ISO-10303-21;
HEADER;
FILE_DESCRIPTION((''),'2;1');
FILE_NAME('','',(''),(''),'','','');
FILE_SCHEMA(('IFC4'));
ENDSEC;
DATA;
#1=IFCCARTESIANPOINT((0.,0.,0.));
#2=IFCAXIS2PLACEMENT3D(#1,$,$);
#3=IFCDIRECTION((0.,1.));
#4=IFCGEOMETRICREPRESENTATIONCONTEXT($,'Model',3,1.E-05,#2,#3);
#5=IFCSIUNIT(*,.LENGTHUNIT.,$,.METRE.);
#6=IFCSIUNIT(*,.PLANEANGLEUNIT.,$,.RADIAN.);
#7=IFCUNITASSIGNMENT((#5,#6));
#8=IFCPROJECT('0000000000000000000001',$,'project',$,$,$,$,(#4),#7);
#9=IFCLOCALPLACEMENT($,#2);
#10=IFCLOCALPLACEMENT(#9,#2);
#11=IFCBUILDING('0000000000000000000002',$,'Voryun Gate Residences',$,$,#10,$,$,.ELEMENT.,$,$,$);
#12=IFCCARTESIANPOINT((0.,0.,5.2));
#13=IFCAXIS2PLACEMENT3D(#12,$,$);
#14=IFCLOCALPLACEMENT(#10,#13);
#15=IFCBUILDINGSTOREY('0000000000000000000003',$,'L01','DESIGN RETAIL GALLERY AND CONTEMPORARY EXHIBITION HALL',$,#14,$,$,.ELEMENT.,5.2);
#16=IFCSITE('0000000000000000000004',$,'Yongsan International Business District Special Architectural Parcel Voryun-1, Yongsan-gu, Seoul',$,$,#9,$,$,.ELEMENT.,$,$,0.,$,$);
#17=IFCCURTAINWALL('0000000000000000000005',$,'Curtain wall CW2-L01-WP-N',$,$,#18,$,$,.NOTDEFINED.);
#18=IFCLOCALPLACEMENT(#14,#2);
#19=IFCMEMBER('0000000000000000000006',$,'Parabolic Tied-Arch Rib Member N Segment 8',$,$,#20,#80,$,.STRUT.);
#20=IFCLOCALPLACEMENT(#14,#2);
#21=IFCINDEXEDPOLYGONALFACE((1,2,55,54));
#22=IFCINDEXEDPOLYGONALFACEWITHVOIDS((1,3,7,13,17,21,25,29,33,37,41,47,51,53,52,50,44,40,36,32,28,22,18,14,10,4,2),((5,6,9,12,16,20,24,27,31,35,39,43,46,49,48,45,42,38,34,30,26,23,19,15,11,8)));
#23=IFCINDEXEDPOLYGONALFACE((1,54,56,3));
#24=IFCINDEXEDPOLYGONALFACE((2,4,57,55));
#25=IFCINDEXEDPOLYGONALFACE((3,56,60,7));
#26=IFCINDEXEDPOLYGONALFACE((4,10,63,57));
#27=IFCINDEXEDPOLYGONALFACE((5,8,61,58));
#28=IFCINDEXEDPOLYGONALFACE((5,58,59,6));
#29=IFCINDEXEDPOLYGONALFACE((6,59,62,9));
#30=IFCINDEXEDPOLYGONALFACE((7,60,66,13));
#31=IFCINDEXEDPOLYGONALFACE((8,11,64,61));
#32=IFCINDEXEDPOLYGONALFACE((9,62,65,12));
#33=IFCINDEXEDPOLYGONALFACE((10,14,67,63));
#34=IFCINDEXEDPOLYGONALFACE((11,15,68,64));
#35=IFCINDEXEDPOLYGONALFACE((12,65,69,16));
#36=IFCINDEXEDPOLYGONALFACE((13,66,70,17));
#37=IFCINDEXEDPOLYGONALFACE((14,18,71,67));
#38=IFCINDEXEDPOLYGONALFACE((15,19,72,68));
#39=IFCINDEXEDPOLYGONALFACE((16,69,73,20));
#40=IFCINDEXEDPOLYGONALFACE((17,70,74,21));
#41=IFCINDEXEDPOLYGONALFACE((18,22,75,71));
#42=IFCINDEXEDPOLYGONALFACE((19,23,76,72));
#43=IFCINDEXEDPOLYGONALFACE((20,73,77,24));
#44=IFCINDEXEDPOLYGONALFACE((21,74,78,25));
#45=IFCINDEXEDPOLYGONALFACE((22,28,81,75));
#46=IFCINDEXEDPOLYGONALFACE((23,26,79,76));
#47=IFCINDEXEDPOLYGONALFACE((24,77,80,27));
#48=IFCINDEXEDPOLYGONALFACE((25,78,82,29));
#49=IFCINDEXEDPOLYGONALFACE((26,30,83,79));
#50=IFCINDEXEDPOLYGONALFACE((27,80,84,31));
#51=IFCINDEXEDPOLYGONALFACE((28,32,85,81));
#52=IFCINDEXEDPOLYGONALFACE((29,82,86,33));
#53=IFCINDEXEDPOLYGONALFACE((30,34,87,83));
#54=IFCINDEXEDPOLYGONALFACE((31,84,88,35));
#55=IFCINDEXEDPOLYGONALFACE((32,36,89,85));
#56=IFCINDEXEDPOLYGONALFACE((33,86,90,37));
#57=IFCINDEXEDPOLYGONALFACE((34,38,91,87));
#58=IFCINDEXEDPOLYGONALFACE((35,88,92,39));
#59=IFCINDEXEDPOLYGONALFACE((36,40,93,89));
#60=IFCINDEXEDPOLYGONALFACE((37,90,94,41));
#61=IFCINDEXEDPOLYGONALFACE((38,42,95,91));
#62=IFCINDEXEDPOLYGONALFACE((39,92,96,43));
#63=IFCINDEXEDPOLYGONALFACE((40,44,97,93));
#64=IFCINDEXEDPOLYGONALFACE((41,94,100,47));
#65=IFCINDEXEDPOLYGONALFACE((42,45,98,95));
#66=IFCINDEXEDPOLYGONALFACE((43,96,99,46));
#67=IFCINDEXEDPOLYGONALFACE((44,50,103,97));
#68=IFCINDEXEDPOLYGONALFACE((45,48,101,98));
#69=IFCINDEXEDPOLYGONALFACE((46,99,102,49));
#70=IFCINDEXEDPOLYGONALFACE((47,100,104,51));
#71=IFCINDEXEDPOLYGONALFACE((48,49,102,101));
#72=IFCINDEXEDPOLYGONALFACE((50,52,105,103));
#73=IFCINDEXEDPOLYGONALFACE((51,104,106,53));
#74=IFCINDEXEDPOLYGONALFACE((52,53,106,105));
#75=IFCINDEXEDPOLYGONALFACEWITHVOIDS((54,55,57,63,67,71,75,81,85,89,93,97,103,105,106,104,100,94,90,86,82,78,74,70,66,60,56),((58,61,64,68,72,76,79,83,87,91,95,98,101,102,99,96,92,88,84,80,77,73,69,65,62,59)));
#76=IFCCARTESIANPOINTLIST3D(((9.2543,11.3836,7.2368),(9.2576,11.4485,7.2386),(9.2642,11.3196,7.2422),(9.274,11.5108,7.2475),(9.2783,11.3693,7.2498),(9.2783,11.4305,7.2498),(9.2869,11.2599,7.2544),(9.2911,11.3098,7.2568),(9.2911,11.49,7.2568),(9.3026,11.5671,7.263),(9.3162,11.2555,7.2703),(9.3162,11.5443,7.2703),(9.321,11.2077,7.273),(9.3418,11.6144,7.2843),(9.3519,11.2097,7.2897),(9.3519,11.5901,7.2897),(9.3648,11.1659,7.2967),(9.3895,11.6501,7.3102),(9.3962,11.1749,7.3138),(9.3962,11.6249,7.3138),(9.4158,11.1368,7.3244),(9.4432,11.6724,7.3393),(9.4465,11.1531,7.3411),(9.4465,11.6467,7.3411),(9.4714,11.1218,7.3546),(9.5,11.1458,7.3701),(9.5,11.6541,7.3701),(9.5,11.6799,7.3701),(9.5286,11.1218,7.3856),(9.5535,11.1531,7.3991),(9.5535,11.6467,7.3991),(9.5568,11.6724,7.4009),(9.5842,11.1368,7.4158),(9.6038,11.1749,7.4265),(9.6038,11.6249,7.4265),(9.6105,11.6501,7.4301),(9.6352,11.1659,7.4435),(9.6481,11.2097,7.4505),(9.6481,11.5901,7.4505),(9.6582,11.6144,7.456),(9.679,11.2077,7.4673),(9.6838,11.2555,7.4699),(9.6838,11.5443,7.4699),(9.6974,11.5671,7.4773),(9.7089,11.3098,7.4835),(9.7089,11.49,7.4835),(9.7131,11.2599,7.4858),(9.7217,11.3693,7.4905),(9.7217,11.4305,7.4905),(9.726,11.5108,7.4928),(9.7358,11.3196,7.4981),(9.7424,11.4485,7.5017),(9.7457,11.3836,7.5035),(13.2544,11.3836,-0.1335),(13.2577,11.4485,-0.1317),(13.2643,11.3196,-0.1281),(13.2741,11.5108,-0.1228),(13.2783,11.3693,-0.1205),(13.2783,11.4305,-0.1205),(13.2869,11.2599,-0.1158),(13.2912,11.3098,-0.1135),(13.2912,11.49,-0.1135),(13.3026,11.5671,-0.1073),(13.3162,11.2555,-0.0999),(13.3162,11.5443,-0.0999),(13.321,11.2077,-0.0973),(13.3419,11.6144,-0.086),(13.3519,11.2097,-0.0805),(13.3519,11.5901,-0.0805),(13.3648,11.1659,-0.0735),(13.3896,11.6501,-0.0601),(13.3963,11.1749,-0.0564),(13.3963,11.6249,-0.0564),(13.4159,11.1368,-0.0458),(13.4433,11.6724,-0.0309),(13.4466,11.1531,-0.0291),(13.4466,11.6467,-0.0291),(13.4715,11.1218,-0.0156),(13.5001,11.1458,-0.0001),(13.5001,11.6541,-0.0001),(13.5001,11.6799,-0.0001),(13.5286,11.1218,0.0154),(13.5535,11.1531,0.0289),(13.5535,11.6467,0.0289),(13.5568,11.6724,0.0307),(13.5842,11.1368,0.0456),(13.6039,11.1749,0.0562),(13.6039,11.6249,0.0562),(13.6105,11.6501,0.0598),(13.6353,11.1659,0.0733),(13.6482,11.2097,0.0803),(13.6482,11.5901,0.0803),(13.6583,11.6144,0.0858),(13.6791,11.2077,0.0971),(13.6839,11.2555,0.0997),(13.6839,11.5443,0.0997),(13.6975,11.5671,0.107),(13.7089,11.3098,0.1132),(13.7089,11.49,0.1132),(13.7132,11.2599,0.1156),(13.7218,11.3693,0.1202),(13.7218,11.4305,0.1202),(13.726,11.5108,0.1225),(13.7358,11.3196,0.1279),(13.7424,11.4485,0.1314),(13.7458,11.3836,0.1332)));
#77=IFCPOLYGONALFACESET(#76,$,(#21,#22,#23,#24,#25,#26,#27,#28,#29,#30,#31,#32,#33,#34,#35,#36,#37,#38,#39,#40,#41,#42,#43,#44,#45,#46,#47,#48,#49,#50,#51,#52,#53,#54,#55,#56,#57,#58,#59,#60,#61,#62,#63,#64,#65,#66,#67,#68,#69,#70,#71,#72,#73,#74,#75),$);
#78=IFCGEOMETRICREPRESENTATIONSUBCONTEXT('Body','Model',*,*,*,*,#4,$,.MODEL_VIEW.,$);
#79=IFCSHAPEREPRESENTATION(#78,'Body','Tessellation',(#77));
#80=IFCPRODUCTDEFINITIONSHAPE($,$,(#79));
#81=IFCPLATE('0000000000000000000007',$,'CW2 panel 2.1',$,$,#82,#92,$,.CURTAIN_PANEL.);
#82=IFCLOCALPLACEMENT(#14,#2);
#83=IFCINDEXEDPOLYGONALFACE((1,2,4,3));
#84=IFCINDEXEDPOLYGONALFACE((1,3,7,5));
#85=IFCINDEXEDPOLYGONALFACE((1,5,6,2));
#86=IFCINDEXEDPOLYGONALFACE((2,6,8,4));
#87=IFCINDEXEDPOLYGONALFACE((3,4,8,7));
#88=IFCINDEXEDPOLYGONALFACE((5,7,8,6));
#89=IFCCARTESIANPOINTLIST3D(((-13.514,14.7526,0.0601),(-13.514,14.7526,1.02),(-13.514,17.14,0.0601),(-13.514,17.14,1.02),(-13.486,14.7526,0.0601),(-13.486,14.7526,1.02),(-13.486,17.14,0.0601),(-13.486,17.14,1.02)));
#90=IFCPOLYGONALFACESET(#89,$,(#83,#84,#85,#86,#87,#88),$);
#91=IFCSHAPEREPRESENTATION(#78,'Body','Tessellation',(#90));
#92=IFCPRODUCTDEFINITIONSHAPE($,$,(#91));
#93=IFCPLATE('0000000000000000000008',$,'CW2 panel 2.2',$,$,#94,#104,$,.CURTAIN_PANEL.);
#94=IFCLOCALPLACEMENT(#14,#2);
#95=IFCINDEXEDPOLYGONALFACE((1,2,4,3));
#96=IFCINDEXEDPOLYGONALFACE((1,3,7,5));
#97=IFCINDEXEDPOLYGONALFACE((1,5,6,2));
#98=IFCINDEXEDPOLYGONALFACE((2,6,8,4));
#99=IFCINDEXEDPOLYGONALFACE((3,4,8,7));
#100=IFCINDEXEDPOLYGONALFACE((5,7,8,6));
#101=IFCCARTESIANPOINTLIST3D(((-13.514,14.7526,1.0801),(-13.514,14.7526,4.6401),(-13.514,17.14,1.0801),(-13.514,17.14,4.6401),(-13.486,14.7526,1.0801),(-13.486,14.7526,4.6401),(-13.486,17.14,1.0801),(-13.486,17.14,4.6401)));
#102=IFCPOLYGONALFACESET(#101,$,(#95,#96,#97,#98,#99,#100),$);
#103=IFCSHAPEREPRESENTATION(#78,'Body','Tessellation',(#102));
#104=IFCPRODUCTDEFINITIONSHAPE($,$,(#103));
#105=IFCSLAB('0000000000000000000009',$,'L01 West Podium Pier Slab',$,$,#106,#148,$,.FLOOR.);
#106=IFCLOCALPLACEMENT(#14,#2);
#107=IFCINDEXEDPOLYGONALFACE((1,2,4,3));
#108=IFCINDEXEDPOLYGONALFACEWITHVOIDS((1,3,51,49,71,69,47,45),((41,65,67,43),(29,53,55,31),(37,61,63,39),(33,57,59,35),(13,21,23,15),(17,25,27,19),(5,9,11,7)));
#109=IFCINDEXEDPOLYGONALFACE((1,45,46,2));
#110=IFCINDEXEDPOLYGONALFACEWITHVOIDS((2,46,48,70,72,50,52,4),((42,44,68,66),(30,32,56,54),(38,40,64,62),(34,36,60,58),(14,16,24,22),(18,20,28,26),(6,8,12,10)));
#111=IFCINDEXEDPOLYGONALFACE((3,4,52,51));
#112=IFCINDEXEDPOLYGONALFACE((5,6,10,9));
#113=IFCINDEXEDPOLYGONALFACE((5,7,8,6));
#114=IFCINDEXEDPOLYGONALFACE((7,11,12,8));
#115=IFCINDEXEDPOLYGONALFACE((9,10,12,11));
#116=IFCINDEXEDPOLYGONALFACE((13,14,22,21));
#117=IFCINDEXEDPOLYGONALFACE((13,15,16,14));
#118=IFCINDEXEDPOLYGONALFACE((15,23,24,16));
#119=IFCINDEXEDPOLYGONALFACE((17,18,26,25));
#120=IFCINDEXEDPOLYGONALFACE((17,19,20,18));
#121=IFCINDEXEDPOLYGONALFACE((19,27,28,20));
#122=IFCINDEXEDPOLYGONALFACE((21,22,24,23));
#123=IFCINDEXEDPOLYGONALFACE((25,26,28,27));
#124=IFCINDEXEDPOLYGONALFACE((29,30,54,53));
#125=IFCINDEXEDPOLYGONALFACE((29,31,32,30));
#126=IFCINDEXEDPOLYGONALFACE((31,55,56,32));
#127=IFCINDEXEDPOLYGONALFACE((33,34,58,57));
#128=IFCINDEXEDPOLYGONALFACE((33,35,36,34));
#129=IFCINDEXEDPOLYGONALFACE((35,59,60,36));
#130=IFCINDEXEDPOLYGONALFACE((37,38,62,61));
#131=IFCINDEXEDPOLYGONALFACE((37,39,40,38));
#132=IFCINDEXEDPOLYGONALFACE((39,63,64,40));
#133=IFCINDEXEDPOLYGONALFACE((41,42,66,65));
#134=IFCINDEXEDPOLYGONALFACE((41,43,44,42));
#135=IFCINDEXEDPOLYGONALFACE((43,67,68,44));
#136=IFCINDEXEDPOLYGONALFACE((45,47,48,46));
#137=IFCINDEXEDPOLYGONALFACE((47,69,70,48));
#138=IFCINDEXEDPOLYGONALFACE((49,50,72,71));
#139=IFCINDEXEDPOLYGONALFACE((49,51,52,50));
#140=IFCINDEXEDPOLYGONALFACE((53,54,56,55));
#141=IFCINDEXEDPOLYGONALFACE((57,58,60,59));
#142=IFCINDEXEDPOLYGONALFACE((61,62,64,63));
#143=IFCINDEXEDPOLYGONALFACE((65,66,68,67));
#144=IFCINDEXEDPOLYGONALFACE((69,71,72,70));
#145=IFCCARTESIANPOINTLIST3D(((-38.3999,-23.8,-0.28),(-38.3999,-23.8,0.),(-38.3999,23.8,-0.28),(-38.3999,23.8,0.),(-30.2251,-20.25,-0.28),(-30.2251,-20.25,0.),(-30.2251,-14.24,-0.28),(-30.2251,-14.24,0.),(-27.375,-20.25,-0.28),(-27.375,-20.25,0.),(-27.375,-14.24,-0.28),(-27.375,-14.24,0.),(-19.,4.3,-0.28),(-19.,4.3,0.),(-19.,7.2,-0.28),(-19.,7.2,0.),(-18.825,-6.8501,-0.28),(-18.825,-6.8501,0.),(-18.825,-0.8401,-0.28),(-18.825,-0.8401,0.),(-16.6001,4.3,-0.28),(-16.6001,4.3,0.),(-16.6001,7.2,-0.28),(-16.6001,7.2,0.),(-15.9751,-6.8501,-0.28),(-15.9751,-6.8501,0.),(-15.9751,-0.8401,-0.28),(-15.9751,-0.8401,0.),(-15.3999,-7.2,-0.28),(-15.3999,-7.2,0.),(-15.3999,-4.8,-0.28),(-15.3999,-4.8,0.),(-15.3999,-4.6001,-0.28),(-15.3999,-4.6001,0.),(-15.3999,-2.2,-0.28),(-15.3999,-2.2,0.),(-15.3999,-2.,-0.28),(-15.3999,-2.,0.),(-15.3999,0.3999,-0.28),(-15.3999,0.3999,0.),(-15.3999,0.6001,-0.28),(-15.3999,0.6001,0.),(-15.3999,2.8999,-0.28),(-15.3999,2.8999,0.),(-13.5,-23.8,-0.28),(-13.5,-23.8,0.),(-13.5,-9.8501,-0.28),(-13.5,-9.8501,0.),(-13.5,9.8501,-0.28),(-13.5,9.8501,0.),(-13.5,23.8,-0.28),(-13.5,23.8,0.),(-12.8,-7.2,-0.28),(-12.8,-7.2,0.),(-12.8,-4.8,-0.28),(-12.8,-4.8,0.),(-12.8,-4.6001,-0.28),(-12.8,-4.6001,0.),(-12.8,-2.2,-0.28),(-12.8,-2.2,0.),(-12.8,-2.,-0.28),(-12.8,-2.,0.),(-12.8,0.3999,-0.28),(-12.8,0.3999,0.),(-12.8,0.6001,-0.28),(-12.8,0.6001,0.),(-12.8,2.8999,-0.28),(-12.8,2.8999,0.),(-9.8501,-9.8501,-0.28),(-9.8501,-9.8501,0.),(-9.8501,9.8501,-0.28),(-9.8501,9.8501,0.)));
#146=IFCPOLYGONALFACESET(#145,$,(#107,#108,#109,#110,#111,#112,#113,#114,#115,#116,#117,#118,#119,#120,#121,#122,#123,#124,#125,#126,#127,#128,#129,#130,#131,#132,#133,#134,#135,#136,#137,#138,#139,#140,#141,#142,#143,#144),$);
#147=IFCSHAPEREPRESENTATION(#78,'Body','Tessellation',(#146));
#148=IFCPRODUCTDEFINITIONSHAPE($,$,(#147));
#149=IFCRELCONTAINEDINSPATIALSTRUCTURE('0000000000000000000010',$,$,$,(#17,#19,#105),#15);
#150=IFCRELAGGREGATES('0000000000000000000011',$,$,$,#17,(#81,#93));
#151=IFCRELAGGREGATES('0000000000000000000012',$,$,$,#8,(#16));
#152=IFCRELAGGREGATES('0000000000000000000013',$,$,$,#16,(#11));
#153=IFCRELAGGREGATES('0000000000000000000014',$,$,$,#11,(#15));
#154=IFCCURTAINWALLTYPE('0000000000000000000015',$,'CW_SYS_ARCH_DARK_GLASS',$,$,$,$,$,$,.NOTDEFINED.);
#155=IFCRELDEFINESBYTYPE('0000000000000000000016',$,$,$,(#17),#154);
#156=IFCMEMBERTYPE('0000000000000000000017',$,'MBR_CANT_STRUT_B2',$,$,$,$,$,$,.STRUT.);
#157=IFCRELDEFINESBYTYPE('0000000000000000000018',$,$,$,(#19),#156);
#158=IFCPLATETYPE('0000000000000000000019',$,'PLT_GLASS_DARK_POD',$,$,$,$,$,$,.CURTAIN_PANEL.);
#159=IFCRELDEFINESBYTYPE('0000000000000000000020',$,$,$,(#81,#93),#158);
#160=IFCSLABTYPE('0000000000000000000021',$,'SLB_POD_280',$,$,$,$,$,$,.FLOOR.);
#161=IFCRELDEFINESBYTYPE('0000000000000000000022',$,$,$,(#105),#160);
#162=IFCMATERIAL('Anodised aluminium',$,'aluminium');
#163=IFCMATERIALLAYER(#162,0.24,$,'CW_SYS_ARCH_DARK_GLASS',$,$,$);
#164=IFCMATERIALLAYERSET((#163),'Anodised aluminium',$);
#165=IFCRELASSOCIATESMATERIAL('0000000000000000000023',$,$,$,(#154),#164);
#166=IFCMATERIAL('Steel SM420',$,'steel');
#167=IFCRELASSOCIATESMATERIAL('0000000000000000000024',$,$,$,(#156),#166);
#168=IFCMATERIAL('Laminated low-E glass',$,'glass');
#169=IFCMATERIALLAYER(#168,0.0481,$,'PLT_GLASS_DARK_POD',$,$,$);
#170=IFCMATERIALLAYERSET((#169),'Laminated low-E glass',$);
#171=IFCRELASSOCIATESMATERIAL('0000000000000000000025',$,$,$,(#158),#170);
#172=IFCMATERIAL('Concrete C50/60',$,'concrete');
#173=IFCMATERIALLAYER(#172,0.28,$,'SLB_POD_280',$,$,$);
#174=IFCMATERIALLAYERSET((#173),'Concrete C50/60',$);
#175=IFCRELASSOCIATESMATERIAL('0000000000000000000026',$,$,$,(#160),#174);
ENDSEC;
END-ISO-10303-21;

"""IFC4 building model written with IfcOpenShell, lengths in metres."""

from ifc_helpers import new_model, si_unit, direction, frame, origin, origin_2d, place, context, subcontext, project, spatial, polyline, rectangle, hollow_circle, outline, extrude, material, layer, layer_set, material_profile, profile_set, type_object, element, aggregate, save


model = new_model("IFC4")

# Units and contexts
model_context = context("Model", 3, precision=1e-05, world=origin(), true_north=direction((0.0, 1.0)))
body_context = subcontext(model_context, "Body", "Model", "MODEL_VIEW")
ifc_project = project(units=[si_unit("LENGTHUNIT", "METRE"), si_unit("PLANEANGLEUNIT", "RADIAN")], contexts=[model_context])

# Site, building, storey
site_placement = place(None, origin())
site = spatial("IfcSite", under=ifc_project, at=site_placement, Name="Yongsan International Business District Special Architectural Parcel Voryun-1, Yongsan-gu, Seoul", CompositionType="ELEMENT", RefElevation=0.0)
building_placement = place(site_placement, origin())
building = spatial("IfcBuilding", under=site, at=building_placement, Name="Voryun Gate Residences", CompositionType="ELEMENT")
storey_placement = place(building_placement, frame((0.0, 0.0, 5.2)))
storey = spatial("IfcBuildingStorey", under=building, at=storey_placement, Name="L01", Description="DESIGN RETAIL GALLERY AND CONTEMPORARY EXHIBITION HALL", CompositionType="ELEMENT", Elevation=5.2)

# Curtain wall
ifc_material_1 = material(Name="Anodised aluminium", Category="aluminium")
ifc_layer_1 = layer(ifc_material_1, 0.24, Name="CW_SYS_ARCH_DARK_GLASS")
ifc_layer_set_1 = layer_set([ifc_layer_1], Name="Anodised aluminium")
curtain_wall_type = type_object("IfcCurtainWallType", Name="CW_SYS_ARCH_DARK_GLASS", PredefinedType="NOTDEFINED", material=ifc_layer_set_1)
curtain_wall_placement = place(storey_placement, origin())
curtain_wall = element("IfcCurtainWall", 1, at=curtain_wall_placement, inside=storey, type_object=curtain_wall_type, Name="Curtain wall CW2-L01-WP-N", PredefinedType="NOTDEFINED")

# Member
ifc_material_2 = material(Name="Steel SM420", Category="steel")
ifc_material_profile_1 = material_profile(ifc_material_2, hollow_circle(Radius=0.28, WallThickness=0.0259, at=origin_2d()), Name="CHS-560x26")
ifc_profile_set_1 = profile_set([ifc_material_profile_1], Name="Steel SM420")
member_type_1 = type_object("IfcMemberType", Name="MBR_CANT_STRUT_B2", PredefinedType="STRUT", material=ifc_profile_set_1)
member_1_placement = place(storey_placement, frame((9.5, 11.3999, 7.3701), z_axis=(0.477007, 0.0, -0.878899), x_axis=(0.0, 1.0, 0.0)))
element("IfcMember", 2, at=member_1_placement, inside=storey, type_object=member_type_1, Name="Parabolic Tied-Arch Rib Member N Segment 8", PredefinedType="STRUT", context=body_context, shape_type="SweptSolid", body=[
    extrude(hollow_circle(Radius=0.28, WallThickness=0.0259, at=origin_2d()), origin(), (0.0, 0.0, 1.0), 8.3857),
])

# Plates
ifc_material_3 = material(Name="Laminated low-E glass", Category="glass")
ifc_layer_2 = layer(ifc_material_3, 0.0481, Name="PLT_GLASS_DARK_POD")
ifc_layer_set_2 = layer_set([ifc_layer_2], Name="Laminated low-E glass")
plate_type = type_object("IfcPlateType", Name="PLT_GLASS_DARK_POD", PredefinedType="CURTAIN_PANEL", material=ifc_layer_set_2)
plate_1_placement = place(storey_placement, frame((-13.5, 15.9463, 0.0601), z_axis=(0.0, 0.0, 1.0), x_axis=(0.0, 1.0, 0.0)))
plate_1 = element("IfcPlate", 3, at=plate_1_placement, type_object=plate_type, Name="CW2 panel 2.1", PredefinedType="CURTAIN_PANEL", context=body_context, shape_type="SweptSolid", body=[
    extrude(rectangle(XDim=2.3875, YDim=0.0281, at=origin_2d()), origin(), (0.0, 0.0, 1.0), 0.96),
])
plate_2_placement = place(storey_placement, frame((-13.5, 15.9463, 1.0801), z_axis=(0.0, 0.0, 1.0), x_axis=(0.0, 1.0, 0.0)))
plate_2 = element("IfcPlate", 4, at=plate_2_placement, type_object=plate_type, Name="CW2 panel 2.2", PredefinedType="CURTAIN_PANEL", context=body_context, shape_type="SweptSolid", body=[
    extrude(rectangle(XDim=2.3875, YDim=0.0281, at=origin_2d()), origin(), (0.0, 0.0, 1.0), 3.5601),
])
aggregate(curtain_wall, [plate_1, plate_2])

# Slab
ifc_material_4 = material(Name="Concrete C50/60", Category="concrete")
ifc_layer_3 = layer(ifc_material_4, 0.28, Name="SLB_POD_280")
ifc_layer_set_3 = layer_set([ifc_layer_3], Name="Concrete C50/60")
slab_type = type_object("IfcSlabType", Name="SLB_POD_280", PredefinedType="FLOOR", material=ifc_layer_set_3)
slab_1_placement = place(storey_placement, frame((0.0, 0.0, -0.28)))
element("IfcSlab", 5, at=slab_1_placement, inside=storey, type_object=slab_type, Name="L01 West Podium Pier Slab", PredefinedType="FLOOR", context=body_context, shape_type="SweptSolid", body=[
    extrude(outline(polyline([(-38.3999, -23.8), (-38.3999, 23.8), (-13.5, 23.8), (-13.5, 9.8501), (-9.8501, 9.8501), (-9.8501, -9.8501), (-13.5, -9.8501), (-13.5, -23.8), (-38.3999, -23.8)]), holes=[polyline([(-27.375, -20.25), (-27.375, -14.24), (-30.2251, -14.24), (-30.2251, -20.25), (-27.375, -20.25)]), polyline([(-12.8, -7.2), (-12.8, -4.8), (-15.3999, -4.8), (-15.3999, -7.2), (-12.8, -7.2)]), polyline([(-18.825, -6.8501), (-15.9751, -6.8501), (-15.9751, -0.8401), (-18.825, -0.8401), (-18.825, -6.8501)]), polyline([(-12.8, -4.6001), (-12.8, -2.2), (-15.3999, -2.2), (-15.3999, -4.6001), (-12.8, -4.6001)]), polyline([(-12.8, -2.0), (-12.8, 0.3999), (-15.3999, 0.3999), (-15.3999, -2.0), (-12.8, -2.0)]), polyline([(-12.8, 0.6001), (-12.8, 2.8999), (-15.3999, 2.8999), (-15.3999, 0.6001), (-12.8, 0.6001)]), polyline([(-16.6001, 4.3), (-16.6001, 7.2), (-19.0, 7.2), (-19.0, 4.3), (-16.6001, 4.3)])]), origin(), (0.0, 0.0, 1.0), 0.28),
])

save(model, "model.ifc")
